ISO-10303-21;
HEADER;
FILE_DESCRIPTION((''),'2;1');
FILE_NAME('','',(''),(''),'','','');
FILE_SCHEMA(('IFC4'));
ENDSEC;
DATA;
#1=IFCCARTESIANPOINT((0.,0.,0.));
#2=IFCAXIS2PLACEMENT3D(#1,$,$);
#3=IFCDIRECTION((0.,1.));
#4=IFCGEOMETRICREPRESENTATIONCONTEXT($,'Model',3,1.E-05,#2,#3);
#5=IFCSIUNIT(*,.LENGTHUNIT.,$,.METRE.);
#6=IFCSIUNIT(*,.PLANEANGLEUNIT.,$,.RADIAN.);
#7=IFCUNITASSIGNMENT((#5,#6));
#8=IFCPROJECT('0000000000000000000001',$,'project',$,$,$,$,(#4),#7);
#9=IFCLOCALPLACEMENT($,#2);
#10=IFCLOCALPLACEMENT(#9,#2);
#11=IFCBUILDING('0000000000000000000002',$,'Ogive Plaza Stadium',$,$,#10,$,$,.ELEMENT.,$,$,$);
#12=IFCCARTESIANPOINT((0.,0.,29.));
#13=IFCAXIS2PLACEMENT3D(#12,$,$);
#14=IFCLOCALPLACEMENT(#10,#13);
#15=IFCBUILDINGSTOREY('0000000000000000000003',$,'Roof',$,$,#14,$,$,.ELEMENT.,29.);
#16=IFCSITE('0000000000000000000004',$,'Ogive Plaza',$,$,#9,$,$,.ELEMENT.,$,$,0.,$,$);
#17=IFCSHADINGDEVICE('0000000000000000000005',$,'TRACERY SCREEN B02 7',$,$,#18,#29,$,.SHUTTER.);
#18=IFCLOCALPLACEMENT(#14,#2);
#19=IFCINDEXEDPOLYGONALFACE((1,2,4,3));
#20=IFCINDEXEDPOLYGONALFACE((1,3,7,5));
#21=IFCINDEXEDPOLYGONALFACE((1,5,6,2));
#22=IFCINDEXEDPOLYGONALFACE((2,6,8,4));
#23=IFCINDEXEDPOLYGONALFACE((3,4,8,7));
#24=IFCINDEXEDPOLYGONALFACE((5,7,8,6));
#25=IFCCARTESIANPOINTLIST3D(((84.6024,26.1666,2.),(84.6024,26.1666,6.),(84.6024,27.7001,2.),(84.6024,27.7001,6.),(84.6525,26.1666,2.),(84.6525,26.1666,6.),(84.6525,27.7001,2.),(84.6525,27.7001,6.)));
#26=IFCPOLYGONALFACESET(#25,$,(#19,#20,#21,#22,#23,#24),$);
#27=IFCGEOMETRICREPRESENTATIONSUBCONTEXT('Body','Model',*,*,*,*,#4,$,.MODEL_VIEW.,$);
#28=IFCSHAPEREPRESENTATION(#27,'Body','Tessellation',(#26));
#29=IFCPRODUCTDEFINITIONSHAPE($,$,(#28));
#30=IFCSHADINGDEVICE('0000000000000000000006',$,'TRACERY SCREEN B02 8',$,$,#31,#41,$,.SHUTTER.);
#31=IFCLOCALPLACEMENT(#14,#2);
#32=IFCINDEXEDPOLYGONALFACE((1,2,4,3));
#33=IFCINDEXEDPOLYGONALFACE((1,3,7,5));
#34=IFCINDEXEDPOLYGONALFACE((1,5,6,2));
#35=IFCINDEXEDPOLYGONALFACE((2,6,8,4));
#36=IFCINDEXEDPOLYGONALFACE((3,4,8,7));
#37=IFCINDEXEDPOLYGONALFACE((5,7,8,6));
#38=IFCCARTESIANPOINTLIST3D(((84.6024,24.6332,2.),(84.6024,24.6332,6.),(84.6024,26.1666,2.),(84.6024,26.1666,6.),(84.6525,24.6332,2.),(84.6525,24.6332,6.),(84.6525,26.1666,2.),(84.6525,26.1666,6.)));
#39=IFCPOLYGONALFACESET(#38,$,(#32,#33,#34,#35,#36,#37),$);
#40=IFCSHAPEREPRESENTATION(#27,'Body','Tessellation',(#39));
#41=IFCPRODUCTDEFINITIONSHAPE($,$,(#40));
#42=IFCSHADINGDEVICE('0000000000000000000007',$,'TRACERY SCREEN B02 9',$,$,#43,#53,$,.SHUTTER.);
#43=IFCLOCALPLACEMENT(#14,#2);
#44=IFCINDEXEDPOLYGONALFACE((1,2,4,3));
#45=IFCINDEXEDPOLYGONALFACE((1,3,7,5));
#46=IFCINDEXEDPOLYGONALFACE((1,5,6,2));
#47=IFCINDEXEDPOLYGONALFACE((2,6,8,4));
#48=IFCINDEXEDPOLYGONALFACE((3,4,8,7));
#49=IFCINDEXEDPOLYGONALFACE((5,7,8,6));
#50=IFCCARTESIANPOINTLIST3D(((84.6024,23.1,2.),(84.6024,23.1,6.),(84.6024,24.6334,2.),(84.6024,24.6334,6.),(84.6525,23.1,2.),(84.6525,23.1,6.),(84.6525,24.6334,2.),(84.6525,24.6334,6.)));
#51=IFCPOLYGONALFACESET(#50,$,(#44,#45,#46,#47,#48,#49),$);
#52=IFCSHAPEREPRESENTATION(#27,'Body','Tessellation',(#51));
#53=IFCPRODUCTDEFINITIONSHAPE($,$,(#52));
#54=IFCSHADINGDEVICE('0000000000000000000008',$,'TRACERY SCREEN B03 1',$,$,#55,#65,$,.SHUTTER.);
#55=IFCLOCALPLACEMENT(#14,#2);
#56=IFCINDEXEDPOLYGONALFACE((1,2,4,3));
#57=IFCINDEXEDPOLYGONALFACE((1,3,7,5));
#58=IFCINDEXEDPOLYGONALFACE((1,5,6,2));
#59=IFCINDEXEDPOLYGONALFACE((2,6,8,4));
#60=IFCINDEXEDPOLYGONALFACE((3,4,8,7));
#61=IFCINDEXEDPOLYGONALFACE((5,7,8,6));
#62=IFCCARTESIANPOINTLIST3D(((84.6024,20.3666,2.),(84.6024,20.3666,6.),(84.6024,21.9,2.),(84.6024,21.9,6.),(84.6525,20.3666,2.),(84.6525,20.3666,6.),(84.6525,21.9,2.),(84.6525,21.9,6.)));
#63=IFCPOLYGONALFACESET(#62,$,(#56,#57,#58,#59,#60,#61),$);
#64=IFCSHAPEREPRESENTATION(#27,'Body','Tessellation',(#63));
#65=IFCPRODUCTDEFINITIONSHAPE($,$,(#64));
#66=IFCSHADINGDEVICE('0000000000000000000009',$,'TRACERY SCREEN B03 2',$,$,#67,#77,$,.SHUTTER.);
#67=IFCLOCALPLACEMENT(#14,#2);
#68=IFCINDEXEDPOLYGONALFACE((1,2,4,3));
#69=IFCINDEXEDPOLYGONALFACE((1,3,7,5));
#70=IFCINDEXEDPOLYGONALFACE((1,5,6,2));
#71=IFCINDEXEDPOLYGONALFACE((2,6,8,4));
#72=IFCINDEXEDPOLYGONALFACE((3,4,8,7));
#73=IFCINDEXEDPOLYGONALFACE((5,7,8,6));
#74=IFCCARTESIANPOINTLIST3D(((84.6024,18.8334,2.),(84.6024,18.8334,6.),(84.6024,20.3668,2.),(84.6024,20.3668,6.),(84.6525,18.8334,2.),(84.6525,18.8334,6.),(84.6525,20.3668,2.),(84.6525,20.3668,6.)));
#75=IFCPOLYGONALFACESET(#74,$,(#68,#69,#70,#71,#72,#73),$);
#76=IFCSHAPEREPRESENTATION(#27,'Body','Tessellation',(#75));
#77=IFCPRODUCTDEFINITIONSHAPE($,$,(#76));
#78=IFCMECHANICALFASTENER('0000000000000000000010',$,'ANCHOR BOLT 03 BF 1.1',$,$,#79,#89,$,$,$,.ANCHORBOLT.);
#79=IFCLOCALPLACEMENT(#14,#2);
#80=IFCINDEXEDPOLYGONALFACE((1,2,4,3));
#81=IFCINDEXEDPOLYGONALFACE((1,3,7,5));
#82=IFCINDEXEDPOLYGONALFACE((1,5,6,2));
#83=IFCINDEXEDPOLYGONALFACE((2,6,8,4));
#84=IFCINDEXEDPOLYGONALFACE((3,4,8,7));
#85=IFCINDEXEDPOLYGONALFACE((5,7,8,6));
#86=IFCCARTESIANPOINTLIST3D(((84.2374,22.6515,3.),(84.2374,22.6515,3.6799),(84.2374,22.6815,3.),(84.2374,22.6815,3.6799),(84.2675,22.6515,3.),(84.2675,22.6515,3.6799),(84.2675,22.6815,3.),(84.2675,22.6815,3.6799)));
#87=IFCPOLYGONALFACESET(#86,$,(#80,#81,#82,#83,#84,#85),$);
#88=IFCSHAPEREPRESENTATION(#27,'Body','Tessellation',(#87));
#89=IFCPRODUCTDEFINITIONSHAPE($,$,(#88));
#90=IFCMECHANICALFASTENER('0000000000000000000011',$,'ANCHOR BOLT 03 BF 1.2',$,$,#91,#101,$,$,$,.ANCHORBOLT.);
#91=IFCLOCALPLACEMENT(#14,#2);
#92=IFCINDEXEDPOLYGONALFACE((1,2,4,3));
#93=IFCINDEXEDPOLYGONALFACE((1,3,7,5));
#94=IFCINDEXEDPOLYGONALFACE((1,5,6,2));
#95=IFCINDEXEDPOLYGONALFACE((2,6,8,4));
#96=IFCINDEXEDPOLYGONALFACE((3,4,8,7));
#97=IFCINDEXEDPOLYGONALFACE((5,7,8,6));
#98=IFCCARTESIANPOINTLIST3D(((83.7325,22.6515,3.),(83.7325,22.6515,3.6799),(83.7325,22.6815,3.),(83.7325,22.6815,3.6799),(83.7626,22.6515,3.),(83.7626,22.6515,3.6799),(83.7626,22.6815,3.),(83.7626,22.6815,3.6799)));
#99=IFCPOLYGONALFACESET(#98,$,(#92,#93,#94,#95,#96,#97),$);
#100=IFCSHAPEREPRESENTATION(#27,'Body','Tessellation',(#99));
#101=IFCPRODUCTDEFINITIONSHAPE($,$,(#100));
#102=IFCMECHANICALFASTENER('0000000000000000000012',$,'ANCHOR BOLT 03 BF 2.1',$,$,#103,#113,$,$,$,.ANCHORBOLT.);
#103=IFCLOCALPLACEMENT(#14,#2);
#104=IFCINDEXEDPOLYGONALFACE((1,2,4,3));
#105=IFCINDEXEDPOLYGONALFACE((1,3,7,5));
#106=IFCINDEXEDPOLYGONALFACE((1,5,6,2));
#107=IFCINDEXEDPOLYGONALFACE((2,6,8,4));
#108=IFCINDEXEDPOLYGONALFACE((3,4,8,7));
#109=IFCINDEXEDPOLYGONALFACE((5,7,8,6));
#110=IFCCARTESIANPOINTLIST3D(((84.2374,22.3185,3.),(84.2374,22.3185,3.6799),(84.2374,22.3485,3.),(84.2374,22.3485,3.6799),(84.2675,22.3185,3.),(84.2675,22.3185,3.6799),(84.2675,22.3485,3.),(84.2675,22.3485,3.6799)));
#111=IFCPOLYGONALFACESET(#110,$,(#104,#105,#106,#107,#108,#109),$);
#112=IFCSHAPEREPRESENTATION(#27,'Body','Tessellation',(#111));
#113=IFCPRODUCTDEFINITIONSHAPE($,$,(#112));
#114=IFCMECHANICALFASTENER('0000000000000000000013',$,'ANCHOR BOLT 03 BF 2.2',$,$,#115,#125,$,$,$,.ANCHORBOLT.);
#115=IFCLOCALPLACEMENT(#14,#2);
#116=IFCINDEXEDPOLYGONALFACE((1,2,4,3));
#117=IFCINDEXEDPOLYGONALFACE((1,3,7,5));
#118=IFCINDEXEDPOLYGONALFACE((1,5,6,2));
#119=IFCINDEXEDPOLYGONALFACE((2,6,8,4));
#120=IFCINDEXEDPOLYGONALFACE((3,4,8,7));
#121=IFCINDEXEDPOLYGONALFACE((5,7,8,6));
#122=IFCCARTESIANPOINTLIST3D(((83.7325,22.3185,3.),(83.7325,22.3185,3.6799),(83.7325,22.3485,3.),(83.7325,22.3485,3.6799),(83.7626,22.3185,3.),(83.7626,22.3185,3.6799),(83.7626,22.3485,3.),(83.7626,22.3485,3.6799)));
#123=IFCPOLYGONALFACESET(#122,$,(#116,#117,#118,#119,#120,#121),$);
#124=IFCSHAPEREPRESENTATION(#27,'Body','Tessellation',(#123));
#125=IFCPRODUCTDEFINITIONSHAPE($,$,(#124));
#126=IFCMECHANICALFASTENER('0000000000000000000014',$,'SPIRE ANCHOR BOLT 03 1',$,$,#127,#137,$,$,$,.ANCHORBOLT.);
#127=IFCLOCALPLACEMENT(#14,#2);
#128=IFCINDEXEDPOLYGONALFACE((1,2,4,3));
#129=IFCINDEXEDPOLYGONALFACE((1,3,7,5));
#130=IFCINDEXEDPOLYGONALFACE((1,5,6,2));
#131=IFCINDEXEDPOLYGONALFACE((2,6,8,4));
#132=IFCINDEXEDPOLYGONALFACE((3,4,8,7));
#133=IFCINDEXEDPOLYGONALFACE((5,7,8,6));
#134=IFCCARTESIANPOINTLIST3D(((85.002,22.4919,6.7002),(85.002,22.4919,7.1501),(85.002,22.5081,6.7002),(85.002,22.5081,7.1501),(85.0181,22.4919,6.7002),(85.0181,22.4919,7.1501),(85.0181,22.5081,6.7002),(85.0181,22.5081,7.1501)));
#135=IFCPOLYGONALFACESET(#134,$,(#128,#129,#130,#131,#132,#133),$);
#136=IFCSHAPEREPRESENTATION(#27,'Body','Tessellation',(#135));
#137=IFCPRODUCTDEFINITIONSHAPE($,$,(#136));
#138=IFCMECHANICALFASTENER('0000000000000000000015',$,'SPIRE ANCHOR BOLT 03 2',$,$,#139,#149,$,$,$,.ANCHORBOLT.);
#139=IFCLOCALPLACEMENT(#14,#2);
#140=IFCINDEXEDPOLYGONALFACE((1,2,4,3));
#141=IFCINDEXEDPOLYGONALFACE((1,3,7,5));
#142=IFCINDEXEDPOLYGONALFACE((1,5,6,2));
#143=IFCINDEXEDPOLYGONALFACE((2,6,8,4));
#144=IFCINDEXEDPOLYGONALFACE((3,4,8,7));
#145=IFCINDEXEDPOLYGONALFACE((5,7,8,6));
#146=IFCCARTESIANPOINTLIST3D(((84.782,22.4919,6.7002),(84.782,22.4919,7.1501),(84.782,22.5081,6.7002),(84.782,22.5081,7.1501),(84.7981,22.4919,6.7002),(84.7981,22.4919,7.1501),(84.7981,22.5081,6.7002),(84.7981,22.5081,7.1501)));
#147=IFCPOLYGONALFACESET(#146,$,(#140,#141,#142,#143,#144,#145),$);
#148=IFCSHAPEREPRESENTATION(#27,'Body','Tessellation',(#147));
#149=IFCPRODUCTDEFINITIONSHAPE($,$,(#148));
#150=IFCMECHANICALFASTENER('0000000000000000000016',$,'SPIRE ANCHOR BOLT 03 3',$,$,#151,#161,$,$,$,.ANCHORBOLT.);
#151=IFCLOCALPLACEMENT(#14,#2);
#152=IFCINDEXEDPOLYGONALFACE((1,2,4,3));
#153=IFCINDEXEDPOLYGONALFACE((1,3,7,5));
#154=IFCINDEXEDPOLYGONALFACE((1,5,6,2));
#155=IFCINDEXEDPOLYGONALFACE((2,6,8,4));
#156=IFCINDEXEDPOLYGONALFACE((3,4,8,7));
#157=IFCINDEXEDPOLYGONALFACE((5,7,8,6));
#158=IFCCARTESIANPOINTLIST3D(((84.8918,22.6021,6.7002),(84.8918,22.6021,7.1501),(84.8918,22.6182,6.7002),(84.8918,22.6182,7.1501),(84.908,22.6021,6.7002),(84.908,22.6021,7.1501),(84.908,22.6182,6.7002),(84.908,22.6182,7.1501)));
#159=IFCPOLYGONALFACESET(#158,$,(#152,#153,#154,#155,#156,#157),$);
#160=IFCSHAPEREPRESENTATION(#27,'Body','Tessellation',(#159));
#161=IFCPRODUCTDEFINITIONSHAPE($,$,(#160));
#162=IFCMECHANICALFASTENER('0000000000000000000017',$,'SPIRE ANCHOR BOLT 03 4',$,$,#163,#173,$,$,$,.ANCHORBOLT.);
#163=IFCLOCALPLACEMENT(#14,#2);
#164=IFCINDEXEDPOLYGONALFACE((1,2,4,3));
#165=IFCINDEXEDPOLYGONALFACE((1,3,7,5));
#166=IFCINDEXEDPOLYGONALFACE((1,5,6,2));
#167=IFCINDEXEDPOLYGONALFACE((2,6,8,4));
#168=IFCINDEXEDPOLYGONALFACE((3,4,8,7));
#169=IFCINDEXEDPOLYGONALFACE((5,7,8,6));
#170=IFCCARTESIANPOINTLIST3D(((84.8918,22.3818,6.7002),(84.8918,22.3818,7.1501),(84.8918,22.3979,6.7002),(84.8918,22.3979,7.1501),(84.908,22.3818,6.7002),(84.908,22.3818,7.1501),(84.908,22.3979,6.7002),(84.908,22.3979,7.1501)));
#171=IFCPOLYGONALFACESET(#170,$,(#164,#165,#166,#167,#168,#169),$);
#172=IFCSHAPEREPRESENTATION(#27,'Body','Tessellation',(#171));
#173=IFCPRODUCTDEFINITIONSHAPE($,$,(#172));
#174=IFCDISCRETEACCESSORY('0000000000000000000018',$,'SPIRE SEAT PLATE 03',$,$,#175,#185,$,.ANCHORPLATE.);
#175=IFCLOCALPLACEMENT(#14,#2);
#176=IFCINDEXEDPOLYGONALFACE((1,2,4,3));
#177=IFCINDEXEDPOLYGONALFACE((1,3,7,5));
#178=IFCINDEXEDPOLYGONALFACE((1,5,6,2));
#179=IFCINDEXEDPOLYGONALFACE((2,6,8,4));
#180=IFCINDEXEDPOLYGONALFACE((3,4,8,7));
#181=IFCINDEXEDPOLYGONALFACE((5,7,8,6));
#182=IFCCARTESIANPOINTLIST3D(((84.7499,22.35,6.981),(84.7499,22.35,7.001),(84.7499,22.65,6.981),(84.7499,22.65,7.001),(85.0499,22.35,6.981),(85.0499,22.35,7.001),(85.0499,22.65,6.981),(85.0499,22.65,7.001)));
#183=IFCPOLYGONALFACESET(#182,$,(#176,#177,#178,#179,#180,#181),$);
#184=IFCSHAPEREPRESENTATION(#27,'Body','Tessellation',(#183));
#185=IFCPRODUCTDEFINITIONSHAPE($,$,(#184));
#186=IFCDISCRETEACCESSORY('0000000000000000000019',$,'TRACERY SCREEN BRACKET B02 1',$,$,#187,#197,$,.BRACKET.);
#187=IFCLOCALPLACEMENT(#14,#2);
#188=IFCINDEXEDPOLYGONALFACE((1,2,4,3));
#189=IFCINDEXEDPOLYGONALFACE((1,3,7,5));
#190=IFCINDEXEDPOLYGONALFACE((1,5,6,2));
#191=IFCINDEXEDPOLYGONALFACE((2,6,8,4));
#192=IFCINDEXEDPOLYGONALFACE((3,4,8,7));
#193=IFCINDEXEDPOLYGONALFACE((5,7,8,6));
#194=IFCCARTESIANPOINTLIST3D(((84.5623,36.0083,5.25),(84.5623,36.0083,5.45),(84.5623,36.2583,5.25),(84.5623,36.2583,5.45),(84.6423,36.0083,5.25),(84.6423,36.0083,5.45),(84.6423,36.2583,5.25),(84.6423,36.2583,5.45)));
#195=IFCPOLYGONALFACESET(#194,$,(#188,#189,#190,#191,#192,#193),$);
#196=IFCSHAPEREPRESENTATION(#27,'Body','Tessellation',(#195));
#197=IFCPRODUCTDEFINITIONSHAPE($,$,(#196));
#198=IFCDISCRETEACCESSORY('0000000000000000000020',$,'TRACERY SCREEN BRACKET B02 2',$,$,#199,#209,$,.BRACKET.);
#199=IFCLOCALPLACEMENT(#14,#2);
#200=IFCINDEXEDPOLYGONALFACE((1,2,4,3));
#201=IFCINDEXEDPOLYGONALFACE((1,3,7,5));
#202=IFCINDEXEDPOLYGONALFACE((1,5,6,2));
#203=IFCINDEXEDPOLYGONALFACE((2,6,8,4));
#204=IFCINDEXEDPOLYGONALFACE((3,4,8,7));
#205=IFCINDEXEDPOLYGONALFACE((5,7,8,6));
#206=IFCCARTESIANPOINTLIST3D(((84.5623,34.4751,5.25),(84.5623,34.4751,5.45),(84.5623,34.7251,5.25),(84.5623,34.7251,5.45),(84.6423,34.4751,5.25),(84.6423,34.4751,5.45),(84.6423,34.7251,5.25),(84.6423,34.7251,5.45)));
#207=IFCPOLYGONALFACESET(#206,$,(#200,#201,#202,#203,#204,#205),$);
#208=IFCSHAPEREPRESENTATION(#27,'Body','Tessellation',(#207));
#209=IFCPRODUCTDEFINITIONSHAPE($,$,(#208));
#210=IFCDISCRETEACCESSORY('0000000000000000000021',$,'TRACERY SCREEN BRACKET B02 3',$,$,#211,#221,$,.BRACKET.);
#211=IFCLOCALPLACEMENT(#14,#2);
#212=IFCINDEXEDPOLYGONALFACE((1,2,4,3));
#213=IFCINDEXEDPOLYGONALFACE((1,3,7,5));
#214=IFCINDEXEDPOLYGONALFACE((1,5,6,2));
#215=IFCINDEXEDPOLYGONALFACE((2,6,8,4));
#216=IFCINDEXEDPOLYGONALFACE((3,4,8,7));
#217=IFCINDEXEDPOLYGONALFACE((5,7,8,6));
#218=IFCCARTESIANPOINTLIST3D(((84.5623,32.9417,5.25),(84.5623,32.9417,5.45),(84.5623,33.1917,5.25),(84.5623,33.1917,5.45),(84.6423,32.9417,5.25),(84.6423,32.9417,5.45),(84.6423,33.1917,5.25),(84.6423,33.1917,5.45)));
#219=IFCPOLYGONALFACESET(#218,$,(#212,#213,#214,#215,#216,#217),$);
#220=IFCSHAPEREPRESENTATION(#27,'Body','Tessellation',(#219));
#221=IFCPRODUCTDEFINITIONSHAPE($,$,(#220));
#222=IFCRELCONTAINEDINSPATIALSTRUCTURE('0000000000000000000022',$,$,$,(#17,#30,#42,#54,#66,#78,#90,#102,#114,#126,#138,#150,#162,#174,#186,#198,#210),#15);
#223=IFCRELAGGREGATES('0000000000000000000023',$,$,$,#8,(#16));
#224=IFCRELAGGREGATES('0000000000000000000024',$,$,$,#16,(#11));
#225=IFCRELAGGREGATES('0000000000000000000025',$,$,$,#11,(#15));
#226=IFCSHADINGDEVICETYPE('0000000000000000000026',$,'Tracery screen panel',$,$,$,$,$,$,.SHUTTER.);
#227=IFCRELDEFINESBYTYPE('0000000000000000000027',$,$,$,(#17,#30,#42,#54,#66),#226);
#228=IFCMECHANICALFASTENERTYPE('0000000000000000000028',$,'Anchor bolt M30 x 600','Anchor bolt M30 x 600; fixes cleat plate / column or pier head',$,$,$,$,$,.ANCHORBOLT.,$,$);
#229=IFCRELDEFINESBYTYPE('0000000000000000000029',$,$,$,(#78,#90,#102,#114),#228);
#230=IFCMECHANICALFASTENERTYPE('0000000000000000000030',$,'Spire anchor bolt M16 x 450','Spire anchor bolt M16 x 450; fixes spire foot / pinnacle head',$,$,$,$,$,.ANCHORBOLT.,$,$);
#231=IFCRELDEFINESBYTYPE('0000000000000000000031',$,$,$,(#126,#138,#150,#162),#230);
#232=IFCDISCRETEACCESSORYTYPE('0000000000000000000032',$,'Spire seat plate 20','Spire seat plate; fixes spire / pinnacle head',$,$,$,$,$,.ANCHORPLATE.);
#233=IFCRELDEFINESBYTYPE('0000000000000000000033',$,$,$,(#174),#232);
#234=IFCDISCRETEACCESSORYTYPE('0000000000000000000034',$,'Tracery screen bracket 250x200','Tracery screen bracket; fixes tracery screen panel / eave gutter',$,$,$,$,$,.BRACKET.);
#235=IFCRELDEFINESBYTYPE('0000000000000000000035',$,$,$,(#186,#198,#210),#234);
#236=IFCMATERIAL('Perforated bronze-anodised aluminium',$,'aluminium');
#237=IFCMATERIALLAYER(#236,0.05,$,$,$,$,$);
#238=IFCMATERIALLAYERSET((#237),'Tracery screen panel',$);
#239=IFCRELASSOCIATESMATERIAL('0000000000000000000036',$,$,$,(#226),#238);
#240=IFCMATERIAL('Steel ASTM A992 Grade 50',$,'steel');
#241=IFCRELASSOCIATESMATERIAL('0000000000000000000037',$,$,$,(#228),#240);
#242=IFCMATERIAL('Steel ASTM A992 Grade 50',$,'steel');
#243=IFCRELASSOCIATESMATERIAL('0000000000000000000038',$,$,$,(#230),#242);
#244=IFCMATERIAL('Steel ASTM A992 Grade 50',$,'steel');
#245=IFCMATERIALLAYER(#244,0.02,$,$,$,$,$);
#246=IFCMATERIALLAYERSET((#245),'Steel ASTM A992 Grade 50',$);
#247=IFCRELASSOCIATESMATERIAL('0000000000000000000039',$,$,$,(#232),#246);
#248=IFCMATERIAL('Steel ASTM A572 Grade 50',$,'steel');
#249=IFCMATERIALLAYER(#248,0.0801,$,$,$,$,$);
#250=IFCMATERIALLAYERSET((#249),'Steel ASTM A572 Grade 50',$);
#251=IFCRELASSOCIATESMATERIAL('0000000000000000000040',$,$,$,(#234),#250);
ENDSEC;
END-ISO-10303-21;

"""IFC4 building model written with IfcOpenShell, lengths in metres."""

from ifc_helpers import new_model, si_unit, direction, frame, origin, origin_2d, place, context, subcontext, project, spatial, rectangle, extrude, material, layer, layer_set, type_object, element, save


model = new_model("IFC4")

# Units and contexts
model_context = context("Model", 3, precision=1e-05, world=origin(), true_north=direction((0.0, 1.0)))
body_context = subcontext(model_context, "Body", "Model", "MODEL_VIEW")
ifc_project = project(units=[si_unit("LENGTHUNIT", "METRE"), si_unit("PLANEANGLEUNIT", "RADIAN")], contexts=[model_context])

# Site, building, storey
site_placement = place(None, origin())
site = spatial("IfcSite", under=ifc_project, at=site_placement, Name="Ogive Plaza", CompositionType="ELEMENT", RefElevation=0.0)
building_placement = place(site_placement, origin())
building = spatial("IfcBuilding", under=site, at=building_placement, Name="Ogive Plaza Stadium", CompositionType="ELEMENT")
storey_placement = place(building_placement, frame((0.0, 0.0, 29.0)))
storey = spatial("IfcBuildingStorey", under=building, at=storey_placement, Name="Roof", CompositionType="ELEMENT", Elevation=29.0)

# Shading devices
ifc_material_1 = material(Name="Perforated bronze-anodised aluminium", Category="aluminium")
ifc_layer_1 = layer(ifc_material_1, 0.05)
ifc_layer_set_1 = layer_set([ifc_layer_1], Name="Tracery screen panel")
shading_device_type = type_object("IfcShadingDeviceType", Name="Tracery screen panel", PredefinedType="SHUTTER", material=ifc_layer_set_1)
for number, where, z_axis, x_axis, name in (
    (1, (84.6274, 26.9333, 2.0), (0.0, 0.0, 1.0), (0.0, -1.0, 0.0), "TRACERY SCREEN B02 7"),
    (2, (84.6274, 25.3999, 2.0), (0.0, 0.0, 1.0), (0.0, -1.0, 0.0), "TRACERY SCREEN B02 8"),
    (3, (84.6274, 23.8667, 2.0), (0.0, 0.0, 1.0), (0.0, -1.0, 0.0), "TRACERY SCREEN B02 9"),
    (4, (84.6274, 21.1333, 2.0), (0.0, 0.0, 1.0), (0.0, -1.0, 0.0), "TRACERY SCREEN B03 1"),
    (5, (84.6274, 19.6001, 2.0), (0.0, 0.0, 1.0), (0.0, -1.0, 0.0), "TRACERY SCREEN B03 2"),
):
    element("IfcShadingDevice", number, at=place(storey_placement, frame(where, z_axis=z_axis, x_axis=x_axis)), inside=storey, type_object=shading_device_type, Name=name, PredefinedType="SHUTTER", context=body_context, shape_type="SweptSolid", body=[
        extrude(rectangle(XDim=1.5334, YDim=0.05, at=origin_2d()), origin(), (0.0, 0.0, 1.0), 4.0),
    ])

# Mechanical fasteners
ifc_material_2 = material(Name="Steel ASTM A992 Grade 50", Category="steel")
mechanical_fastener_type_1 = type_object("IfcMechanicalFastenerType", Name="Anchor bolt M30 x 600", Description="Anchor bolt M30 x 600; fixes cleat plate / column or pier head", PredefinedType="ANCHORBOLT", material=ifc_material_2)
for number, where, z_axis, x_axis, name in (
    (6, (84.2524, 22.6665, 3.0), (0.0, 0.0, 1.0), (1.0, 0.0, 0.0), "ANCHOR BOLT 03 BF 1.1"),
    (7, (83.7476, 22.6665, 3.0), (0.0, 0.0, 1.0), (1.0, 0.0, 0.0), "ANCHOR BOLT 03 BF 1.2"),
    (8, (84.2524, 22.3335, 3.0), (0.0, 0.0, 1.0), (1.0, 0.0, 0.0), "ANCHOR BOLT 03 BF 2.1"),
    (9, (83.7476, 22.3335, 3.0), (0.0, 0.0, 1.0), (1.0, 0.0, 0.0), "ANCHOR BOLT 03 BF 2.2"),
):
    element("IfcMechanicalFastener", number, at=place(storey_placement, frame(where, z_axis=z_axis, x_axis=x_axis)), inside=storey, type_object=mechanical_fastener_type_1, Name=name, PredefinedType="ANCHORBOLT", context=body_context, shape_type="SweptSolid", body=[
        extrude(rectangle(XDim=0.03, YDim=0.03, at=origin_2d()), origin(), (0.0, 0.0, 1.0), 0.6799),
    ])
ifc_material_3 = material(Name="Steel ASTM A992 Grade 50", Category="steel")
mechanical_fastener_type_2 = type_object("IfcMechanicalFastenerType", Name="Spire anchor bolt M16 x 450", Description="Spire anchor bolt M16 x 450; fixes spire foot / pinnacle head", PredefinedType="ANCHORBOLT", material=ifc_material_3)
for number, where, z_axis, x_axis, name in (
    (10, (85.01, 22.5, 6.7002), (0.0, 0.0, 1.0), (1.0, 0.0, 0.0), "SPIRE ANCHOR BOLT 03 1"),
    (11, (84.79, 22.5, 6.7002), (0.0, 0.0, 1.0), (1.0, 0.0, 0.0), "SPIRE ANCHOR BOLT 03 2"),
    (12, (84.8999, 22.6101, 6.7002), (0.0, 0.0, 1.0), (1.0, 0.0, 0.0), "SPIRE ANCHOR BOLT 03 3"),
    (13, (84.8999, 22.3899, 6.7002), (0.0, 0.0, 1.0), (1.0, 0.0, 0.0), "SPIRE ANCHOR BOLT 03 4"),
):
    element("IfcMechanicalFastener", number, at=place(storey_placement, frame(where, z_axis=z_axis, x_axis=x_axis)), inside=storey, type_object=mechanical_fastener_type_2, Name=name, PredefinedType="ANCHORBOLT", context=body_context, shape_type="SweptSolid", body=[
        extrude(rectangle(XDim=0.0161, YDim=0.0161, at=origin_2d()), origin(), (0.0, 0.0, 1.0), 0.45),
    ])

# Discrete accessories
ifc_material_4 = material(Name="Steel ASTM A992 Grade 50", Category="steel")
ifc_layer_2 = layer(ifc_material_4, 0.02)
ifc_layer_set_2 = layer_set([ifc_layer_2], Name="Steel ASTM A992 Grade 50")
discrete_accessory_type_1 = type_object("IfcDiscreteAccessoryType", Name="Spire seat plate 20", Description="Spire seat plate; fixes spire / pinnacle head", PredefinedType="ANCHORPLATE", material=ifc_layer_set_2)
discrete_accessory_placement = place(storey_placement, frame((84.8999, 22.5, 6.981), z_axis=(0.0, 0.0, 1.0), x_axis=(1.0, 0.0, 0.0)))
element("IfcDiscreteAccessory", 14, at=discrete_accessory_placement, inside=storey, type_object=discrete_accessory_type_1, Name="SPIRE SEAT PLATE 03", PredefinedType="ANCHORPLATE", context=body_context, shape_type="SweptSolid", body=[
    extrude(rectangle(XDim=0.3, YDim=0.3, at=origin_2d()), origin(), (0.0, 0.0, 1.0), 0.02),
])
ifc_material_5 = material(Name="Steel ASTM A572 Grade 50", Category="steel")
ifc_layer_3 = layer(ifc_material_5, 0.0801)
ifc_layer_set_3 = layer_set([ifc_layer_3], Name="Steel ASTM A572 Grade 50")
discrete_accessory_type_2 = type_object("IfcDiscreteAccessoryType", Name="Tracery screen bracket 250x200", Description="Tracery screen bracket; fixes tracery screen panel / eave gutter", PredefinedType="BRACKET", material=ifc_layer_set_3)
for number, where, z_axis, x_axis, name in (
    (15, (84.6023, 36.1333, 5.25), (0.0, 0.0, 1.0), (0.0, -1.0, 0.0), "TRACERY SCREEN BRACKET B02 1"),
    (16, (84.6023, 34.6001, 5.25), (0.0, 0.0, 1.0), (0.0, -1.0, 0.0), "TRACERY SCREEN BRACKET B02 2"),
    (17, (84.6023, 33.0667, 5.25), (0.0, 0.0, 1.0), (0.0, -1.0, 0.0), "TRACERY SCREEN BRACKET B02 3"),
):
    element("IfcDiscreteAccessory", number, at=place(storey_placement, frame(where, z_axis=z_axis, x_axis=x_axis)), inside=storey, type_object=discrete_accessory_type_2, Name=name, PredefinedType="BRACKET", context=body_context, shape_type="SweptSolid", body=[
        extrude(rectangle(XDim=0.25, YDim=0.0801, at=origin_2d()), origin(), (0.0, 0.0, 1.0), 0.2),
    ])

save(model, "model.ifc")
